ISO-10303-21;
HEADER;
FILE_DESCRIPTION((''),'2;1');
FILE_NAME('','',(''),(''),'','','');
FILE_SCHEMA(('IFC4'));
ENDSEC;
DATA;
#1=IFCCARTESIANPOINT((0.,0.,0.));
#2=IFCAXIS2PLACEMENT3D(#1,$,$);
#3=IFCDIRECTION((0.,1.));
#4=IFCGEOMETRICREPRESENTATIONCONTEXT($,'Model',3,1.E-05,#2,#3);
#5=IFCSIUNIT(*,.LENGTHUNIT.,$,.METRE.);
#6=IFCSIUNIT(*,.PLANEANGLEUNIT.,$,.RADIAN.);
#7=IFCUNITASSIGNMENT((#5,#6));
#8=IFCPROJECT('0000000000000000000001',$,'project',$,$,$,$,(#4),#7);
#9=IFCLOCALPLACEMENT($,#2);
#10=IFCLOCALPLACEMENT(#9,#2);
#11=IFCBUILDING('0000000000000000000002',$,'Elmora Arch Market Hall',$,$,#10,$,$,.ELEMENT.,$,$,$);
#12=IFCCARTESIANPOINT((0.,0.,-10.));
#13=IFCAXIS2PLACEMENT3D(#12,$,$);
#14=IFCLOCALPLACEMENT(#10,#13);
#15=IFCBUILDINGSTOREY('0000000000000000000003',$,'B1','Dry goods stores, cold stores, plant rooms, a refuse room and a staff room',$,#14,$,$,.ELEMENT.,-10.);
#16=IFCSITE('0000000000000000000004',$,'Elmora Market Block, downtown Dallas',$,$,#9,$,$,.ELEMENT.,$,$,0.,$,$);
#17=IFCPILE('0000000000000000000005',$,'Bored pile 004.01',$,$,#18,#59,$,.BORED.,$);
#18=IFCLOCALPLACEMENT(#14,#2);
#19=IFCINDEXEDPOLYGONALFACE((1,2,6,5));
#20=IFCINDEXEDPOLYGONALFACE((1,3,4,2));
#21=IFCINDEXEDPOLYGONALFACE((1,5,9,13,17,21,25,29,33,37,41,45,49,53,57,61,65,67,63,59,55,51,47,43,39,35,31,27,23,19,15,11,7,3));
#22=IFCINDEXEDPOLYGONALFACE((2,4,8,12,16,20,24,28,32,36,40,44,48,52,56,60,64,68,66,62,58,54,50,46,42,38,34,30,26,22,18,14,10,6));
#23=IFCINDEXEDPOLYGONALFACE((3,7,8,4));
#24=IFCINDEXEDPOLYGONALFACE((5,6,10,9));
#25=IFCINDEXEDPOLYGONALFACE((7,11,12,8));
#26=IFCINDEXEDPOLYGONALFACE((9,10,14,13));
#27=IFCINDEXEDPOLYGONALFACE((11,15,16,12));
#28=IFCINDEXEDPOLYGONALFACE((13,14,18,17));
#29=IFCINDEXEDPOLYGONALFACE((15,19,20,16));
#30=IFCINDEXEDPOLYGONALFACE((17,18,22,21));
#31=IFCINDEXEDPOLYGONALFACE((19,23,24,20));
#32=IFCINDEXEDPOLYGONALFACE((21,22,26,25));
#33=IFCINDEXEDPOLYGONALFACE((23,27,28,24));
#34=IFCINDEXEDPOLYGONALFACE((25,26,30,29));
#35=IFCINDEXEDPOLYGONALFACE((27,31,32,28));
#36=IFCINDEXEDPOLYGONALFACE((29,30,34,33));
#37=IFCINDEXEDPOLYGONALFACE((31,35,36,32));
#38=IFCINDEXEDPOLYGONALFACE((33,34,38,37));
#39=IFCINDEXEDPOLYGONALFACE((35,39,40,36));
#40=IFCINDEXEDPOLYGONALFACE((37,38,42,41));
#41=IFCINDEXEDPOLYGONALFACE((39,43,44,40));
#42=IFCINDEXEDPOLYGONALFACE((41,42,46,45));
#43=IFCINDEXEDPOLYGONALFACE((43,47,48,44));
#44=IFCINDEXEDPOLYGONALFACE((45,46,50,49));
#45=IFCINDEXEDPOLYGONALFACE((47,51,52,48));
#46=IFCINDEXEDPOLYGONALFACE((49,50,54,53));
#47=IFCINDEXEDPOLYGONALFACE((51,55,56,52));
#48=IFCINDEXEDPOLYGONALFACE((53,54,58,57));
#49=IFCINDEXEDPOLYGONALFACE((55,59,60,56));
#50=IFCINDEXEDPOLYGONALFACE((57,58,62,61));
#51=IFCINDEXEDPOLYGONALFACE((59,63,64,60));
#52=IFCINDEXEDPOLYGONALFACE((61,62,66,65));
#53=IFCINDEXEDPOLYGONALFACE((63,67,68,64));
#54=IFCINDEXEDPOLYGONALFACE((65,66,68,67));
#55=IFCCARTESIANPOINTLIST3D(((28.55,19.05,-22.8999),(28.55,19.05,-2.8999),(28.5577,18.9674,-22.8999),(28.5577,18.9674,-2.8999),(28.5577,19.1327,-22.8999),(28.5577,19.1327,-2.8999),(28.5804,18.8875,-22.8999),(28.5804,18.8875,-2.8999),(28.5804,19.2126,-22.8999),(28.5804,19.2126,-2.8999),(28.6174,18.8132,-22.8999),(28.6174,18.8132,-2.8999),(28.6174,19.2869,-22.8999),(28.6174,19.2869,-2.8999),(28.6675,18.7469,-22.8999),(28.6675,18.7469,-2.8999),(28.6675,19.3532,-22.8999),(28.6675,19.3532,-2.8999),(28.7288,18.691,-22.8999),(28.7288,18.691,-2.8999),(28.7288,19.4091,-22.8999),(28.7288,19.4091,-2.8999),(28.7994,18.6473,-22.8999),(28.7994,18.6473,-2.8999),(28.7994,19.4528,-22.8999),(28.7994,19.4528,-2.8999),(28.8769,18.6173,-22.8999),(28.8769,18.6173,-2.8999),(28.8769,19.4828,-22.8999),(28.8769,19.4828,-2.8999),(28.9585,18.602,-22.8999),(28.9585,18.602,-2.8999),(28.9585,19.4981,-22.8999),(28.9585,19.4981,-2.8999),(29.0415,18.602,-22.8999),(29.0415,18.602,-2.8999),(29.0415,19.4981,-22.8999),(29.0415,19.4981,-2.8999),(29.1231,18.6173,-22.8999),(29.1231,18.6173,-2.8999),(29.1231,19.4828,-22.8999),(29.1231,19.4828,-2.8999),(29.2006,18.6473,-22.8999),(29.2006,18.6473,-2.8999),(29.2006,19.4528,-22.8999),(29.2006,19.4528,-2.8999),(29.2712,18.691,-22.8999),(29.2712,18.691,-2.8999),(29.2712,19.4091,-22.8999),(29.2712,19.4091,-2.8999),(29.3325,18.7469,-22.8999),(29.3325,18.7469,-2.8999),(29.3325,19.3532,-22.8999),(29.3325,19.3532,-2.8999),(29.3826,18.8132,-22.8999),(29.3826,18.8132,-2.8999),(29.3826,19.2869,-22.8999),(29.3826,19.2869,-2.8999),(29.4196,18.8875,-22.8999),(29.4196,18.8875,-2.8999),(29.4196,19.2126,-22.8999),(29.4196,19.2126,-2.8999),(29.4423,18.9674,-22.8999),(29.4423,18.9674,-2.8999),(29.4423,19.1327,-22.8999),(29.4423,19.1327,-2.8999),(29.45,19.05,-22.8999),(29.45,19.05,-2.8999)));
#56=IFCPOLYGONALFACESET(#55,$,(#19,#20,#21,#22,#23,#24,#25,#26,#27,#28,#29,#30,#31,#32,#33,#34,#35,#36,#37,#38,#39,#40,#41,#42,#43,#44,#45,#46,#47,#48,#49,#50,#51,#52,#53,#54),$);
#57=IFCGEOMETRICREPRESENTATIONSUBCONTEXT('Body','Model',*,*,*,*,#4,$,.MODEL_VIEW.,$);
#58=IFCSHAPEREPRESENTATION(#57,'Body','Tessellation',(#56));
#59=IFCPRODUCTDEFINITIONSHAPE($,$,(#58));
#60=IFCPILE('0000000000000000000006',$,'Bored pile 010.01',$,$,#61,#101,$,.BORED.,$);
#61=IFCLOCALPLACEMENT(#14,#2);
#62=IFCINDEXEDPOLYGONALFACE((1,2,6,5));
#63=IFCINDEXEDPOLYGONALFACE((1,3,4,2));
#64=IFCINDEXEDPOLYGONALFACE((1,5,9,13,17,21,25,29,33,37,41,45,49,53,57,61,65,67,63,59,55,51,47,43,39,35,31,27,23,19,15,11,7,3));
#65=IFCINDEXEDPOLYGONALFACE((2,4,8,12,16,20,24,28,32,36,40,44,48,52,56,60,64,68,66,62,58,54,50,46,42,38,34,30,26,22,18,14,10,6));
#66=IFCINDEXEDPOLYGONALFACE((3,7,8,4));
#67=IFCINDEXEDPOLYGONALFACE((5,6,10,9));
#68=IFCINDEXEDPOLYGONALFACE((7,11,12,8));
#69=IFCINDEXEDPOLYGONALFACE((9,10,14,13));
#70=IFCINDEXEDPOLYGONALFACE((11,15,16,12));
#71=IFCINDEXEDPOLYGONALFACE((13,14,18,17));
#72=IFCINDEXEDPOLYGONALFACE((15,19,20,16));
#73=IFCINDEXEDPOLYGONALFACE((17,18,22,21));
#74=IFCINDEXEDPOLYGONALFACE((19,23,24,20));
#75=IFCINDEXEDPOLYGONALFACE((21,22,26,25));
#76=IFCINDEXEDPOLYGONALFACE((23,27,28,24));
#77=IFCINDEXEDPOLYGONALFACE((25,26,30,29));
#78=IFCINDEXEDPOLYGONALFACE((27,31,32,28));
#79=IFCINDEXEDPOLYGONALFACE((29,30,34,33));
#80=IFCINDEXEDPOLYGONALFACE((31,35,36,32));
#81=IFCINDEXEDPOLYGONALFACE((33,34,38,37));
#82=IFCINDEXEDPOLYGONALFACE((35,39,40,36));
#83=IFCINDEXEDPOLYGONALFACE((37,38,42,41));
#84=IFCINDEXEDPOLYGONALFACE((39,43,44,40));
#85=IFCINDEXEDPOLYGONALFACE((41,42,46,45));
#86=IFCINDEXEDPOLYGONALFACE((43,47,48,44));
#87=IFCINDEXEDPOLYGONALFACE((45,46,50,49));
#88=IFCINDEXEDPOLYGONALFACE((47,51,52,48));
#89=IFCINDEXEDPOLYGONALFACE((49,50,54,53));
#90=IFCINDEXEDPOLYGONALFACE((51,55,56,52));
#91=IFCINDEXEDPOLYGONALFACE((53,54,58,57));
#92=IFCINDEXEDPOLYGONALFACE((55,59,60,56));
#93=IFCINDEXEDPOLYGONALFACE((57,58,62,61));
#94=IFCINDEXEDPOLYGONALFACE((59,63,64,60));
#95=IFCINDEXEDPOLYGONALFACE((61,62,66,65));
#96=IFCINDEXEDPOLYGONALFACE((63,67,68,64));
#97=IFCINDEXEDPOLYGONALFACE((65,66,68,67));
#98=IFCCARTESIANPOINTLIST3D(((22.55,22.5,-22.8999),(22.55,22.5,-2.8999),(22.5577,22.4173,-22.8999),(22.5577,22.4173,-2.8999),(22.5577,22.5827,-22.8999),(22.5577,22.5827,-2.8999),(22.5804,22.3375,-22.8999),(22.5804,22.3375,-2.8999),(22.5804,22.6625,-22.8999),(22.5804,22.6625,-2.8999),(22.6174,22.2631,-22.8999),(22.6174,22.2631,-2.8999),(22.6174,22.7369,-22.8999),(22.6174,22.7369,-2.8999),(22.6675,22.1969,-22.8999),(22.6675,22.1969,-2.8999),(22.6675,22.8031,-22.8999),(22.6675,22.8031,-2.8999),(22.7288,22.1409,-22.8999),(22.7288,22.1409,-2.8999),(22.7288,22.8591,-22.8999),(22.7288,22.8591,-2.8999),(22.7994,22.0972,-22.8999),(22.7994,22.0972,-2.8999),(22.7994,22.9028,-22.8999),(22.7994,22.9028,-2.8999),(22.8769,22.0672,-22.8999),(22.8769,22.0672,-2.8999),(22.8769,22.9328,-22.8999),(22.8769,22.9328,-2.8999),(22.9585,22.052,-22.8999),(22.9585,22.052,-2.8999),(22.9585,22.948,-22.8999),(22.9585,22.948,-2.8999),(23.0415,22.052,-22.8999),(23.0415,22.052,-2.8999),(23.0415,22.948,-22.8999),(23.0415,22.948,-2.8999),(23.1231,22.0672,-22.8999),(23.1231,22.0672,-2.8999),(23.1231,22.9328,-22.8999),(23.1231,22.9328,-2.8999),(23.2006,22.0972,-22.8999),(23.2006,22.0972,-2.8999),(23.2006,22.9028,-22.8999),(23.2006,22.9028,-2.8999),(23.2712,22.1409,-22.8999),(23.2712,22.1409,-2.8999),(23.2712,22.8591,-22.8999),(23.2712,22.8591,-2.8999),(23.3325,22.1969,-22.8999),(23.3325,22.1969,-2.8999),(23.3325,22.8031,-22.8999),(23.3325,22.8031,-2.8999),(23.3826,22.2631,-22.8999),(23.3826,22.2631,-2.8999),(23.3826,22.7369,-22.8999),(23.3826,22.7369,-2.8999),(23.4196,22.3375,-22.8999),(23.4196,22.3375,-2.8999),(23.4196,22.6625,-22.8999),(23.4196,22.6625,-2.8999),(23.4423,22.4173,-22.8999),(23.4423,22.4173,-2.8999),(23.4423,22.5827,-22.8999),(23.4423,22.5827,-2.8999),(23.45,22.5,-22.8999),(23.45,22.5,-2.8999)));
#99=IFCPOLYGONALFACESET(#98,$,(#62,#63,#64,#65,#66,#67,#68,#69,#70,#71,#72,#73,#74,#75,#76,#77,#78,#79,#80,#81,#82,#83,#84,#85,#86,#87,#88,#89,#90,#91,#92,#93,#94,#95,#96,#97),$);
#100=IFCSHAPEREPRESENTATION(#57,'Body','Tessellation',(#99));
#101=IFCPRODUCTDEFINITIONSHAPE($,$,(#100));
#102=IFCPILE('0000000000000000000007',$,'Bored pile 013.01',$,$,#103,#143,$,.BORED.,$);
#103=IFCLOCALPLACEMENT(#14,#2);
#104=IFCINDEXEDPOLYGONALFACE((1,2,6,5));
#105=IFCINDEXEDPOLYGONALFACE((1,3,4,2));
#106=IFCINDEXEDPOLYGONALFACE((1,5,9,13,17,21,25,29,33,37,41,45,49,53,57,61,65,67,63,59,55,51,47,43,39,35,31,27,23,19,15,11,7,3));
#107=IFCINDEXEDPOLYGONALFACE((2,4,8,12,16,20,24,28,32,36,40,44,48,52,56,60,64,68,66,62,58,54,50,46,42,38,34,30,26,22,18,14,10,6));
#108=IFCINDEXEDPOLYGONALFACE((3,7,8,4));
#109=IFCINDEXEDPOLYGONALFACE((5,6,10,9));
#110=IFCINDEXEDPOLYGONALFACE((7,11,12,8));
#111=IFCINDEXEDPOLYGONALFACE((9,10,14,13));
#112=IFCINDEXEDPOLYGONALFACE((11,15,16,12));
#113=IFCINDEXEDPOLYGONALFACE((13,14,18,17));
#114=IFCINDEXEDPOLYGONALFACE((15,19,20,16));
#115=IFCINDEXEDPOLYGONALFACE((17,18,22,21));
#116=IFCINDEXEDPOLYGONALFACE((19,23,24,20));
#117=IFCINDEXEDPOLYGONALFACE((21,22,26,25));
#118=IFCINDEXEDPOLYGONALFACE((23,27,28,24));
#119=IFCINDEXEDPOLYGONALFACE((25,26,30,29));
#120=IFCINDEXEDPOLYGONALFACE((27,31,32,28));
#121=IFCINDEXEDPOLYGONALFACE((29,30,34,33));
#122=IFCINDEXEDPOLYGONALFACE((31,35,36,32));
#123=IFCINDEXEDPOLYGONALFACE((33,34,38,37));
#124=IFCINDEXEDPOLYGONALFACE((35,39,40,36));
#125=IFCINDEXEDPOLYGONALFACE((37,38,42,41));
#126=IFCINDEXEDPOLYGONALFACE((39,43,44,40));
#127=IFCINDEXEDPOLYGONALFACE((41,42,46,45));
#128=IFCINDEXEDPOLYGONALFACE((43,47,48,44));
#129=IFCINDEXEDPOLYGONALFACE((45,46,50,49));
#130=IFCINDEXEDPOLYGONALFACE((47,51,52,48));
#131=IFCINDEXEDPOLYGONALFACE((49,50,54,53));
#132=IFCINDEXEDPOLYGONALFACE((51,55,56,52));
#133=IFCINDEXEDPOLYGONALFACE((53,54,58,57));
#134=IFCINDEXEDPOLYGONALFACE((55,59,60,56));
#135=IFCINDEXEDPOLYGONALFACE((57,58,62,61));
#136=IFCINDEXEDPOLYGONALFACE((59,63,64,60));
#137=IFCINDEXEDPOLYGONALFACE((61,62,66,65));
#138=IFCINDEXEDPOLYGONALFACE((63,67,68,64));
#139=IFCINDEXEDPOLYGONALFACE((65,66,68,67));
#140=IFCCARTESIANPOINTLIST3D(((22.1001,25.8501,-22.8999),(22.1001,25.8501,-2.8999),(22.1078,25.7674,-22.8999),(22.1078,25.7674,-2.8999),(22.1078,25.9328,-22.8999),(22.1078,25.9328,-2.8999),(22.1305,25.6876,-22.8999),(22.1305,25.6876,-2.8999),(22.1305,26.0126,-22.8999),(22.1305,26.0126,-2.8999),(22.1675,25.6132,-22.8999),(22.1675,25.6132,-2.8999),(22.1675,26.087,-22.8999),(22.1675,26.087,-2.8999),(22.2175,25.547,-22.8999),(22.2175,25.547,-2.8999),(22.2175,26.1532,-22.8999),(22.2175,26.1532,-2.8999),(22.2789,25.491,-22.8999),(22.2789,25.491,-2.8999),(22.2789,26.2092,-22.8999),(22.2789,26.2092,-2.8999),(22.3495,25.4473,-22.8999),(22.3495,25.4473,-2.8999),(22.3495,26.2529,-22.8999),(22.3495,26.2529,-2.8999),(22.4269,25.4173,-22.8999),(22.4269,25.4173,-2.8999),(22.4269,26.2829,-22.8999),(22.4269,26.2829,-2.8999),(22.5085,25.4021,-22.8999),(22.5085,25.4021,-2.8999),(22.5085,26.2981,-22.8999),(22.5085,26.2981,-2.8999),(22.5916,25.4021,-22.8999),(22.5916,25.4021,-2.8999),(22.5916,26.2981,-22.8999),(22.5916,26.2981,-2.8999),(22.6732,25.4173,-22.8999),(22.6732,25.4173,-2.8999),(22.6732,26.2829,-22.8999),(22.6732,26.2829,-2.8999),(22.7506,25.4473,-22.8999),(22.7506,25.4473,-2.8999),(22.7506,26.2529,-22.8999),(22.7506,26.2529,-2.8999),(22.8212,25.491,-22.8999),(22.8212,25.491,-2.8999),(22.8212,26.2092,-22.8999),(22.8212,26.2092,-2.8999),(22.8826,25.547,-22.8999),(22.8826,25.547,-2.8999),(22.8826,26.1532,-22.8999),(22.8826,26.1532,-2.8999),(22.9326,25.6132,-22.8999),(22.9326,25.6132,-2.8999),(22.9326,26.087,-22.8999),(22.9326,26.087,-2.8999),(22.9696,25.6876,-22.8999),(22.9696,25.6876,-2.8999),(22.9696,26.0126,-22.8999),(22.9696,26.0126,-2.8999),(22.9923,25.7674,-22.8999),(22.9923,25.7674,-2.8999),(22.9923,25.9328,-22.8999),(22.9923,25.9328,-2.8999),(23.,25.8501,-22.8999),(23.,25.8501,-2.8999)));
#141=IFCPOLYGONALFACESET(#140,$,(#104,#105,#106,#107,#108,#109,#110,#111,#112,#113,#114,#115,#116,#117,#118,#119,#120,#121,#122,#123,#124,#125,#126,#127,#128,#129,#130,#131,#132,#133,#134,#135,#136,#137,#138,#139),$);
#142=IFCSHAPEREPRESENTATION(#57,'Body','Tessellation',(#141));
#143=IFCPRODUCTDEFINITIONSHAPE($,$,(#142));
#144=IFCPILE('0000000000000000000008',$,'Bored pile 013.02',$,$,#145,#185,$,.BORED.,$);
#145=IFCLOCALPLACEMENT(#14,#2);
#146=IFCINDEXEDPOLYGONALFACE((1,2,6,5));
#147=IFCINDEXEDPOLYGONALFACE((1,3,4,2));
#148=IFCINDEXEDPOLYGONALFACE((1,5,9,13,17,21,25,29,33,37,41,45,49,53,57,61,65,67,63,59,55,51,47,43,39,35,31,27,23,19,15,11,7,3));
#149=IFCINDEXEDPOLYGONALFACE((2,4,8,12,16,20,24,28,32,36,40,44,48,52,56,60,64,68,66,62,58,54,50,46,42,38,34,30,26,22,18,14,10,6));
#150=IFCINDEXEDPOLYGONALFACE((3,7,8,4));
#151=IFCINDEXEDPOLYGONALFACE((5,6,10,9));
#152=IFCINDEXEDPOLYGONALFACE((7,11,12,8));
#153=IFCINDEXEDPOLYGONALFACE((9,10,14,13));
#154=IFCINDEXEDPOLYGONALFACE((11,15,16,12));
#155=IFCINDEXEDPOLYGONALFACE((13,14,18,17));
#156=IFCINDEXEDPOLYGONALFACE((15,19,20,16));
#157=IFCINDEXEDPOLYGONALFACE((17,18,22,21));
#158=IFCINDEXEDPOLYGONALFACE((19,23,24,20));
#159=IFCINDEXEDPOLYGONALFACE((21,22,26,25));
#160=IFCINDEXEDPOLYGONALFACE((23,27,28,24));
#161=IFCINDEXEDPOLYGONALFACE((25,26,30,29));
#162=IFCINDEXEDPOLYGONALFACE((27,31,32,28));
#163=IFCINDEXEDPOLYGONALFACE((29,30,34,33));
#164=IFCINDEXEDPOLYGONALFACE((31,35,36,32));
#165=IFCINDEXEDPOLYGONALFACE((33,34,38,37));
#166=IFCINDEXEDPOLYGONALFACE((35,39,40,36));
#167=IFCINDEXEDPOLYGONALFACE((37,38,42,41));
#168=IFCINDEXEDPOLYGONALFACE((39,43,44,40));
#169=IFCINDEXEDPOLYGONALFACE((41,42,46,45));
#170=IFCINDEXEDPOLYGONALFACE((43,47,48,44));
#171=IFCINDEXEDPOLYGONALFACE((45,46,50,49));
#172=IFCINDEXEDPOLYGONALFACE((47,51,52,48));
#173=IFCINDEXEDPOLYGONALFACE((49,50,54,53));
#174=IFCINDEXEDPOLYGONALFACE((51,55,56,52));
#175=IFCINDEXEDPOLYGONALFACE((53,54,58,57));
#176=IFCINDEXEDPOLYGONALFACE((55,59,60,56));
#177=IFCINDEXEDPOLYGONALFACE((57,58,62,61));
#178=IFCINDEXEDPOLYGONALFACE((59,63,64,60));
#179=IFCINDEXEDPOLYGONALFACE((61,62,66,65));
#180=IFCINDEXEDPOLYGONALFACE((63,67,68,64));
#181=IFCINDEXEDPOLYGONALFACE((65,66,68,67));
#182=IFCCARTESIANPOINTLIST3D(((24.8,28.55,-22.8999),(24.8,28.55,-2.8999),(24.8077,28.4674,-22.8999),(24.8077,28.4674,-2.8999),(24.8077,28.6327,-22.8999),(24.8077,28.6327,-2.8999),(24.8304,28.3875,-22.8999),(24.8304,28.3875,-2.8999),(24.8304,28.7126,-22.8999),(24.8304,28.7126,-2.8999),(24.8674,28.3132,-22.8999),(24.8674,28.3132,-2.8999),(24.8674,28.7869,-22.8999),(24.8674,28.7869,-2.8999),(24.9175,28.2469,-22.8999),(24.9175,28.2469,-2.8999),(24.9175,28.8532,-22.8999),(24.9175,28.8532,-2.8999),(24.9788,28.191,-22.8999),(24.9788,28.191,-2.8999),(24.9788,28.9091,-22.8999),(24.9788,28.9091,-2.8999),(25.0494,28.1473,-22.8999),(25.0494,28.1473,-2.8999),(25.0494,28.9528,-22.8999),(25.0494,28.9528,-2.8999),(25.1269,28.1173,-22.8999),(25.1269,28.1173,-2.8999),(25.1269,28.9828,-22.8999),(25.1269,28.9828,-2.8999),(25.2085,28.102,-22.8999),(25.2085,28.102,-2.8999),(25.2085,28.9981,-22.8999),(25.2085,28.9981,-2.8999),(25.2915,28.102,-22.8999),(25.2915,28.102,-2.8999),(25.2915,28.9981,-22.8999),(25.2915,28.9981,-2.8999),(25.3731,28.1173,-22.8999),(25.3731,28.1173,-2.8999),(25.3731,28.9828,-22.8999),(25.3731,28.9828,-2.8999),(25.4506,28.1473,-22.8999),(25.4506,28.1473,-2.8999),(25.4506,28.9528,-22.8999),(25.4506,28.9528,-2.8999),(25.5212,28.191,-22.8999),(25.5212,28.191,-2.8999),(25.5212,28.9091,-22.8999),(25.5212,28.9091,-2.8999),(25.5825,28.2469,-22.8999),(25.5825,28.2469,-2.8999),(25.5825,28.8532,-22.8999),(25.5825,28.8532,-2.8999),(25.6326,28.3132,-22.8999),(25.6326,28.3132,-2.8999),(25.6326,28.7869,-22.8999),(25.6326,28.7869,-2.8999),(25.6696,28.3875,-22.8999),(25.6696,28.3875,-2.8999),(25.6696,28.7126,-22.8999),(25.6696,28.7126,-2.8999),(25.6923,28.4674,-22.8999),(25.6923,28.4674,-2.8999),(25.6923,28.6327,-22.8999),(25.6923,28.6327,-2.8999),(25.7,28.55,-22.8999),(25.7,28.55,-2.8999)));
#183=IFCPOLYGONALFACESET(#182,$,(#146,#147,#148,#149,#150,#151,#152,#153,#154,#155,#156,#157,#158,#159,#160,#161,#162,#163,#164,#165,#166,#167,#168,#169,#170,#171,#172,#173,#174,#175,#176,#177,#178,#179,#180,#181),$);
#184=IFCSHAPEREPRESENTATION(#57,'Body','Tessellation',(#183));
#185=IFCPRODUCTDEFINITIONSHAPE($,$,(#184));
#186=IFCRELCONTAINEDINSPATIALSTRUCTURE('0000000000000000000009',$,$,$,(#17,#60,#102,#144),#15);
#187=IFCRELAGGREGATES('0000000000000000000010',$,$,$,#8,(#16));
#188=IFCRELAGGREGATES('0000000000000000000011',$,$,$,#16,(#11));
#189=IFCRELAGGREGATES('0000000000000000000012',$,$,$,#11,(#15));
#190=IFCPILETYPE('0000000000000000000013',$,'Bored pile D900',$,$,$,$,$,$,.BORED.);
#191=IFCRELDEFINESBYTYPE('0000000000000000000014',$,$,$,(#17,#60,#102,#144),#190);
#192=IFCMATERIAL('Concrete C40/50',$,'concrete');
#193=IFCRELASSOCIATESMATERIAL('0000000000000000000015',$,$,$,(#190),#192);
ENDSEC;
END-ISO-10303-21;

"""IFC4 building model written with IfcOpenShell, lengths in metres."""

from ifc_helpers import new_model, si_unit, direction, frame, origin, origin_2d, place, context, subcontext, project, spatial, circle, extrude, material, material_profile, profile_set, type_object, element, save


model = new_model("IFC4")

# Units and contexts
model_context = context("Model", 3, precision=1e-05, world=origin(), true_north=direction((0.0, 1.0)))
body_context = subcontext(model_context, "Body", "Model", "MODEL_VIEW")
ifc_project = project(units=[si_unit("LENGTHUNIT", "METRE"), si_unit("PLANEANGLEUNIT", "RADIAN")], contexts=[model_context])

# Site, building, storey
site_placement = place(None, origin())
site = spatial("IfcSite", under=ifc_project, at=site_placement, Name="Elmora Market Block, downtown Dallas", CompositionType="ELEMENT", RefElevation=0.0)
building_placement = place(site_placement, origin())
building = spatial("IfcBuilding", under=site, at=building_placement, Name="Elmora Arch Market Hall", CompositionType="ELEMENT")
storey_placement = place(building_placement, frame((0.0, 0.0, -10.0)))
storey = spatial("IfcBuildingStorey", under=building, at=storey_placement, Name="B1", Description="Dry goods stores, cold stores, plant rooms, a refuse room and a staff room", CompositionType="ELEMENT", Elevation=-10.0)

# Piles
ifc_material_1 = material(Name="Concrete C40/50", Category="concrete")
ifc_material_profile_1 = material_profile(ifc_material_1, circle(Radius=0.45, at=origin_2d()), Name="Bored pile D900")
ifc_profile_set_1 = profile_set([ifc_material_profile_1], Name="Concrete C40/50")
pile_type = type_object("IfcPileType", Name="Bored pile D900", PredefinedType="BORED", material=ifc_profile_set_1)
for number, where, z_axis, x_axis, name in (
    (1, (29.0, 19.05, -2.8999), (0.0, 0.0, -1.0), (1.0, 0.0, 0.0), "Bored pile 004.01"),
    (2, (23.0, 22.5, -2.8999), (0.0, 0.0, -1.0), (1.0, 0.0, 0.0), "Bored pile 010.01"),
    (3, (22.55, 25.8501, -2.8999), (0.0, 0.0, -1.0), (1.0, 0.0, 0.0), "Bored pile 013.01"),
    (4, (25.25, 28.55, -2.8999), (0.0, 0.0, -1.0), (1.0, 0.0, 0.0), "Bored pile 013.02"),
):
    element("IfcPile", number, at=place(storey_placement, frame(where, z_axis=z_axis, x_axis=x_axis)), inside=storey, type_object=pile_type, Name=name, PredefinedType="BORED", context=body_context, shape_type="SweptSolid", body=[
        extrude(circle(Radius=0.45, at=origin_2d()), origin(), (0.0, 0.0, 1.0), 20.0),
    ])

save(model, "model.ifc")
